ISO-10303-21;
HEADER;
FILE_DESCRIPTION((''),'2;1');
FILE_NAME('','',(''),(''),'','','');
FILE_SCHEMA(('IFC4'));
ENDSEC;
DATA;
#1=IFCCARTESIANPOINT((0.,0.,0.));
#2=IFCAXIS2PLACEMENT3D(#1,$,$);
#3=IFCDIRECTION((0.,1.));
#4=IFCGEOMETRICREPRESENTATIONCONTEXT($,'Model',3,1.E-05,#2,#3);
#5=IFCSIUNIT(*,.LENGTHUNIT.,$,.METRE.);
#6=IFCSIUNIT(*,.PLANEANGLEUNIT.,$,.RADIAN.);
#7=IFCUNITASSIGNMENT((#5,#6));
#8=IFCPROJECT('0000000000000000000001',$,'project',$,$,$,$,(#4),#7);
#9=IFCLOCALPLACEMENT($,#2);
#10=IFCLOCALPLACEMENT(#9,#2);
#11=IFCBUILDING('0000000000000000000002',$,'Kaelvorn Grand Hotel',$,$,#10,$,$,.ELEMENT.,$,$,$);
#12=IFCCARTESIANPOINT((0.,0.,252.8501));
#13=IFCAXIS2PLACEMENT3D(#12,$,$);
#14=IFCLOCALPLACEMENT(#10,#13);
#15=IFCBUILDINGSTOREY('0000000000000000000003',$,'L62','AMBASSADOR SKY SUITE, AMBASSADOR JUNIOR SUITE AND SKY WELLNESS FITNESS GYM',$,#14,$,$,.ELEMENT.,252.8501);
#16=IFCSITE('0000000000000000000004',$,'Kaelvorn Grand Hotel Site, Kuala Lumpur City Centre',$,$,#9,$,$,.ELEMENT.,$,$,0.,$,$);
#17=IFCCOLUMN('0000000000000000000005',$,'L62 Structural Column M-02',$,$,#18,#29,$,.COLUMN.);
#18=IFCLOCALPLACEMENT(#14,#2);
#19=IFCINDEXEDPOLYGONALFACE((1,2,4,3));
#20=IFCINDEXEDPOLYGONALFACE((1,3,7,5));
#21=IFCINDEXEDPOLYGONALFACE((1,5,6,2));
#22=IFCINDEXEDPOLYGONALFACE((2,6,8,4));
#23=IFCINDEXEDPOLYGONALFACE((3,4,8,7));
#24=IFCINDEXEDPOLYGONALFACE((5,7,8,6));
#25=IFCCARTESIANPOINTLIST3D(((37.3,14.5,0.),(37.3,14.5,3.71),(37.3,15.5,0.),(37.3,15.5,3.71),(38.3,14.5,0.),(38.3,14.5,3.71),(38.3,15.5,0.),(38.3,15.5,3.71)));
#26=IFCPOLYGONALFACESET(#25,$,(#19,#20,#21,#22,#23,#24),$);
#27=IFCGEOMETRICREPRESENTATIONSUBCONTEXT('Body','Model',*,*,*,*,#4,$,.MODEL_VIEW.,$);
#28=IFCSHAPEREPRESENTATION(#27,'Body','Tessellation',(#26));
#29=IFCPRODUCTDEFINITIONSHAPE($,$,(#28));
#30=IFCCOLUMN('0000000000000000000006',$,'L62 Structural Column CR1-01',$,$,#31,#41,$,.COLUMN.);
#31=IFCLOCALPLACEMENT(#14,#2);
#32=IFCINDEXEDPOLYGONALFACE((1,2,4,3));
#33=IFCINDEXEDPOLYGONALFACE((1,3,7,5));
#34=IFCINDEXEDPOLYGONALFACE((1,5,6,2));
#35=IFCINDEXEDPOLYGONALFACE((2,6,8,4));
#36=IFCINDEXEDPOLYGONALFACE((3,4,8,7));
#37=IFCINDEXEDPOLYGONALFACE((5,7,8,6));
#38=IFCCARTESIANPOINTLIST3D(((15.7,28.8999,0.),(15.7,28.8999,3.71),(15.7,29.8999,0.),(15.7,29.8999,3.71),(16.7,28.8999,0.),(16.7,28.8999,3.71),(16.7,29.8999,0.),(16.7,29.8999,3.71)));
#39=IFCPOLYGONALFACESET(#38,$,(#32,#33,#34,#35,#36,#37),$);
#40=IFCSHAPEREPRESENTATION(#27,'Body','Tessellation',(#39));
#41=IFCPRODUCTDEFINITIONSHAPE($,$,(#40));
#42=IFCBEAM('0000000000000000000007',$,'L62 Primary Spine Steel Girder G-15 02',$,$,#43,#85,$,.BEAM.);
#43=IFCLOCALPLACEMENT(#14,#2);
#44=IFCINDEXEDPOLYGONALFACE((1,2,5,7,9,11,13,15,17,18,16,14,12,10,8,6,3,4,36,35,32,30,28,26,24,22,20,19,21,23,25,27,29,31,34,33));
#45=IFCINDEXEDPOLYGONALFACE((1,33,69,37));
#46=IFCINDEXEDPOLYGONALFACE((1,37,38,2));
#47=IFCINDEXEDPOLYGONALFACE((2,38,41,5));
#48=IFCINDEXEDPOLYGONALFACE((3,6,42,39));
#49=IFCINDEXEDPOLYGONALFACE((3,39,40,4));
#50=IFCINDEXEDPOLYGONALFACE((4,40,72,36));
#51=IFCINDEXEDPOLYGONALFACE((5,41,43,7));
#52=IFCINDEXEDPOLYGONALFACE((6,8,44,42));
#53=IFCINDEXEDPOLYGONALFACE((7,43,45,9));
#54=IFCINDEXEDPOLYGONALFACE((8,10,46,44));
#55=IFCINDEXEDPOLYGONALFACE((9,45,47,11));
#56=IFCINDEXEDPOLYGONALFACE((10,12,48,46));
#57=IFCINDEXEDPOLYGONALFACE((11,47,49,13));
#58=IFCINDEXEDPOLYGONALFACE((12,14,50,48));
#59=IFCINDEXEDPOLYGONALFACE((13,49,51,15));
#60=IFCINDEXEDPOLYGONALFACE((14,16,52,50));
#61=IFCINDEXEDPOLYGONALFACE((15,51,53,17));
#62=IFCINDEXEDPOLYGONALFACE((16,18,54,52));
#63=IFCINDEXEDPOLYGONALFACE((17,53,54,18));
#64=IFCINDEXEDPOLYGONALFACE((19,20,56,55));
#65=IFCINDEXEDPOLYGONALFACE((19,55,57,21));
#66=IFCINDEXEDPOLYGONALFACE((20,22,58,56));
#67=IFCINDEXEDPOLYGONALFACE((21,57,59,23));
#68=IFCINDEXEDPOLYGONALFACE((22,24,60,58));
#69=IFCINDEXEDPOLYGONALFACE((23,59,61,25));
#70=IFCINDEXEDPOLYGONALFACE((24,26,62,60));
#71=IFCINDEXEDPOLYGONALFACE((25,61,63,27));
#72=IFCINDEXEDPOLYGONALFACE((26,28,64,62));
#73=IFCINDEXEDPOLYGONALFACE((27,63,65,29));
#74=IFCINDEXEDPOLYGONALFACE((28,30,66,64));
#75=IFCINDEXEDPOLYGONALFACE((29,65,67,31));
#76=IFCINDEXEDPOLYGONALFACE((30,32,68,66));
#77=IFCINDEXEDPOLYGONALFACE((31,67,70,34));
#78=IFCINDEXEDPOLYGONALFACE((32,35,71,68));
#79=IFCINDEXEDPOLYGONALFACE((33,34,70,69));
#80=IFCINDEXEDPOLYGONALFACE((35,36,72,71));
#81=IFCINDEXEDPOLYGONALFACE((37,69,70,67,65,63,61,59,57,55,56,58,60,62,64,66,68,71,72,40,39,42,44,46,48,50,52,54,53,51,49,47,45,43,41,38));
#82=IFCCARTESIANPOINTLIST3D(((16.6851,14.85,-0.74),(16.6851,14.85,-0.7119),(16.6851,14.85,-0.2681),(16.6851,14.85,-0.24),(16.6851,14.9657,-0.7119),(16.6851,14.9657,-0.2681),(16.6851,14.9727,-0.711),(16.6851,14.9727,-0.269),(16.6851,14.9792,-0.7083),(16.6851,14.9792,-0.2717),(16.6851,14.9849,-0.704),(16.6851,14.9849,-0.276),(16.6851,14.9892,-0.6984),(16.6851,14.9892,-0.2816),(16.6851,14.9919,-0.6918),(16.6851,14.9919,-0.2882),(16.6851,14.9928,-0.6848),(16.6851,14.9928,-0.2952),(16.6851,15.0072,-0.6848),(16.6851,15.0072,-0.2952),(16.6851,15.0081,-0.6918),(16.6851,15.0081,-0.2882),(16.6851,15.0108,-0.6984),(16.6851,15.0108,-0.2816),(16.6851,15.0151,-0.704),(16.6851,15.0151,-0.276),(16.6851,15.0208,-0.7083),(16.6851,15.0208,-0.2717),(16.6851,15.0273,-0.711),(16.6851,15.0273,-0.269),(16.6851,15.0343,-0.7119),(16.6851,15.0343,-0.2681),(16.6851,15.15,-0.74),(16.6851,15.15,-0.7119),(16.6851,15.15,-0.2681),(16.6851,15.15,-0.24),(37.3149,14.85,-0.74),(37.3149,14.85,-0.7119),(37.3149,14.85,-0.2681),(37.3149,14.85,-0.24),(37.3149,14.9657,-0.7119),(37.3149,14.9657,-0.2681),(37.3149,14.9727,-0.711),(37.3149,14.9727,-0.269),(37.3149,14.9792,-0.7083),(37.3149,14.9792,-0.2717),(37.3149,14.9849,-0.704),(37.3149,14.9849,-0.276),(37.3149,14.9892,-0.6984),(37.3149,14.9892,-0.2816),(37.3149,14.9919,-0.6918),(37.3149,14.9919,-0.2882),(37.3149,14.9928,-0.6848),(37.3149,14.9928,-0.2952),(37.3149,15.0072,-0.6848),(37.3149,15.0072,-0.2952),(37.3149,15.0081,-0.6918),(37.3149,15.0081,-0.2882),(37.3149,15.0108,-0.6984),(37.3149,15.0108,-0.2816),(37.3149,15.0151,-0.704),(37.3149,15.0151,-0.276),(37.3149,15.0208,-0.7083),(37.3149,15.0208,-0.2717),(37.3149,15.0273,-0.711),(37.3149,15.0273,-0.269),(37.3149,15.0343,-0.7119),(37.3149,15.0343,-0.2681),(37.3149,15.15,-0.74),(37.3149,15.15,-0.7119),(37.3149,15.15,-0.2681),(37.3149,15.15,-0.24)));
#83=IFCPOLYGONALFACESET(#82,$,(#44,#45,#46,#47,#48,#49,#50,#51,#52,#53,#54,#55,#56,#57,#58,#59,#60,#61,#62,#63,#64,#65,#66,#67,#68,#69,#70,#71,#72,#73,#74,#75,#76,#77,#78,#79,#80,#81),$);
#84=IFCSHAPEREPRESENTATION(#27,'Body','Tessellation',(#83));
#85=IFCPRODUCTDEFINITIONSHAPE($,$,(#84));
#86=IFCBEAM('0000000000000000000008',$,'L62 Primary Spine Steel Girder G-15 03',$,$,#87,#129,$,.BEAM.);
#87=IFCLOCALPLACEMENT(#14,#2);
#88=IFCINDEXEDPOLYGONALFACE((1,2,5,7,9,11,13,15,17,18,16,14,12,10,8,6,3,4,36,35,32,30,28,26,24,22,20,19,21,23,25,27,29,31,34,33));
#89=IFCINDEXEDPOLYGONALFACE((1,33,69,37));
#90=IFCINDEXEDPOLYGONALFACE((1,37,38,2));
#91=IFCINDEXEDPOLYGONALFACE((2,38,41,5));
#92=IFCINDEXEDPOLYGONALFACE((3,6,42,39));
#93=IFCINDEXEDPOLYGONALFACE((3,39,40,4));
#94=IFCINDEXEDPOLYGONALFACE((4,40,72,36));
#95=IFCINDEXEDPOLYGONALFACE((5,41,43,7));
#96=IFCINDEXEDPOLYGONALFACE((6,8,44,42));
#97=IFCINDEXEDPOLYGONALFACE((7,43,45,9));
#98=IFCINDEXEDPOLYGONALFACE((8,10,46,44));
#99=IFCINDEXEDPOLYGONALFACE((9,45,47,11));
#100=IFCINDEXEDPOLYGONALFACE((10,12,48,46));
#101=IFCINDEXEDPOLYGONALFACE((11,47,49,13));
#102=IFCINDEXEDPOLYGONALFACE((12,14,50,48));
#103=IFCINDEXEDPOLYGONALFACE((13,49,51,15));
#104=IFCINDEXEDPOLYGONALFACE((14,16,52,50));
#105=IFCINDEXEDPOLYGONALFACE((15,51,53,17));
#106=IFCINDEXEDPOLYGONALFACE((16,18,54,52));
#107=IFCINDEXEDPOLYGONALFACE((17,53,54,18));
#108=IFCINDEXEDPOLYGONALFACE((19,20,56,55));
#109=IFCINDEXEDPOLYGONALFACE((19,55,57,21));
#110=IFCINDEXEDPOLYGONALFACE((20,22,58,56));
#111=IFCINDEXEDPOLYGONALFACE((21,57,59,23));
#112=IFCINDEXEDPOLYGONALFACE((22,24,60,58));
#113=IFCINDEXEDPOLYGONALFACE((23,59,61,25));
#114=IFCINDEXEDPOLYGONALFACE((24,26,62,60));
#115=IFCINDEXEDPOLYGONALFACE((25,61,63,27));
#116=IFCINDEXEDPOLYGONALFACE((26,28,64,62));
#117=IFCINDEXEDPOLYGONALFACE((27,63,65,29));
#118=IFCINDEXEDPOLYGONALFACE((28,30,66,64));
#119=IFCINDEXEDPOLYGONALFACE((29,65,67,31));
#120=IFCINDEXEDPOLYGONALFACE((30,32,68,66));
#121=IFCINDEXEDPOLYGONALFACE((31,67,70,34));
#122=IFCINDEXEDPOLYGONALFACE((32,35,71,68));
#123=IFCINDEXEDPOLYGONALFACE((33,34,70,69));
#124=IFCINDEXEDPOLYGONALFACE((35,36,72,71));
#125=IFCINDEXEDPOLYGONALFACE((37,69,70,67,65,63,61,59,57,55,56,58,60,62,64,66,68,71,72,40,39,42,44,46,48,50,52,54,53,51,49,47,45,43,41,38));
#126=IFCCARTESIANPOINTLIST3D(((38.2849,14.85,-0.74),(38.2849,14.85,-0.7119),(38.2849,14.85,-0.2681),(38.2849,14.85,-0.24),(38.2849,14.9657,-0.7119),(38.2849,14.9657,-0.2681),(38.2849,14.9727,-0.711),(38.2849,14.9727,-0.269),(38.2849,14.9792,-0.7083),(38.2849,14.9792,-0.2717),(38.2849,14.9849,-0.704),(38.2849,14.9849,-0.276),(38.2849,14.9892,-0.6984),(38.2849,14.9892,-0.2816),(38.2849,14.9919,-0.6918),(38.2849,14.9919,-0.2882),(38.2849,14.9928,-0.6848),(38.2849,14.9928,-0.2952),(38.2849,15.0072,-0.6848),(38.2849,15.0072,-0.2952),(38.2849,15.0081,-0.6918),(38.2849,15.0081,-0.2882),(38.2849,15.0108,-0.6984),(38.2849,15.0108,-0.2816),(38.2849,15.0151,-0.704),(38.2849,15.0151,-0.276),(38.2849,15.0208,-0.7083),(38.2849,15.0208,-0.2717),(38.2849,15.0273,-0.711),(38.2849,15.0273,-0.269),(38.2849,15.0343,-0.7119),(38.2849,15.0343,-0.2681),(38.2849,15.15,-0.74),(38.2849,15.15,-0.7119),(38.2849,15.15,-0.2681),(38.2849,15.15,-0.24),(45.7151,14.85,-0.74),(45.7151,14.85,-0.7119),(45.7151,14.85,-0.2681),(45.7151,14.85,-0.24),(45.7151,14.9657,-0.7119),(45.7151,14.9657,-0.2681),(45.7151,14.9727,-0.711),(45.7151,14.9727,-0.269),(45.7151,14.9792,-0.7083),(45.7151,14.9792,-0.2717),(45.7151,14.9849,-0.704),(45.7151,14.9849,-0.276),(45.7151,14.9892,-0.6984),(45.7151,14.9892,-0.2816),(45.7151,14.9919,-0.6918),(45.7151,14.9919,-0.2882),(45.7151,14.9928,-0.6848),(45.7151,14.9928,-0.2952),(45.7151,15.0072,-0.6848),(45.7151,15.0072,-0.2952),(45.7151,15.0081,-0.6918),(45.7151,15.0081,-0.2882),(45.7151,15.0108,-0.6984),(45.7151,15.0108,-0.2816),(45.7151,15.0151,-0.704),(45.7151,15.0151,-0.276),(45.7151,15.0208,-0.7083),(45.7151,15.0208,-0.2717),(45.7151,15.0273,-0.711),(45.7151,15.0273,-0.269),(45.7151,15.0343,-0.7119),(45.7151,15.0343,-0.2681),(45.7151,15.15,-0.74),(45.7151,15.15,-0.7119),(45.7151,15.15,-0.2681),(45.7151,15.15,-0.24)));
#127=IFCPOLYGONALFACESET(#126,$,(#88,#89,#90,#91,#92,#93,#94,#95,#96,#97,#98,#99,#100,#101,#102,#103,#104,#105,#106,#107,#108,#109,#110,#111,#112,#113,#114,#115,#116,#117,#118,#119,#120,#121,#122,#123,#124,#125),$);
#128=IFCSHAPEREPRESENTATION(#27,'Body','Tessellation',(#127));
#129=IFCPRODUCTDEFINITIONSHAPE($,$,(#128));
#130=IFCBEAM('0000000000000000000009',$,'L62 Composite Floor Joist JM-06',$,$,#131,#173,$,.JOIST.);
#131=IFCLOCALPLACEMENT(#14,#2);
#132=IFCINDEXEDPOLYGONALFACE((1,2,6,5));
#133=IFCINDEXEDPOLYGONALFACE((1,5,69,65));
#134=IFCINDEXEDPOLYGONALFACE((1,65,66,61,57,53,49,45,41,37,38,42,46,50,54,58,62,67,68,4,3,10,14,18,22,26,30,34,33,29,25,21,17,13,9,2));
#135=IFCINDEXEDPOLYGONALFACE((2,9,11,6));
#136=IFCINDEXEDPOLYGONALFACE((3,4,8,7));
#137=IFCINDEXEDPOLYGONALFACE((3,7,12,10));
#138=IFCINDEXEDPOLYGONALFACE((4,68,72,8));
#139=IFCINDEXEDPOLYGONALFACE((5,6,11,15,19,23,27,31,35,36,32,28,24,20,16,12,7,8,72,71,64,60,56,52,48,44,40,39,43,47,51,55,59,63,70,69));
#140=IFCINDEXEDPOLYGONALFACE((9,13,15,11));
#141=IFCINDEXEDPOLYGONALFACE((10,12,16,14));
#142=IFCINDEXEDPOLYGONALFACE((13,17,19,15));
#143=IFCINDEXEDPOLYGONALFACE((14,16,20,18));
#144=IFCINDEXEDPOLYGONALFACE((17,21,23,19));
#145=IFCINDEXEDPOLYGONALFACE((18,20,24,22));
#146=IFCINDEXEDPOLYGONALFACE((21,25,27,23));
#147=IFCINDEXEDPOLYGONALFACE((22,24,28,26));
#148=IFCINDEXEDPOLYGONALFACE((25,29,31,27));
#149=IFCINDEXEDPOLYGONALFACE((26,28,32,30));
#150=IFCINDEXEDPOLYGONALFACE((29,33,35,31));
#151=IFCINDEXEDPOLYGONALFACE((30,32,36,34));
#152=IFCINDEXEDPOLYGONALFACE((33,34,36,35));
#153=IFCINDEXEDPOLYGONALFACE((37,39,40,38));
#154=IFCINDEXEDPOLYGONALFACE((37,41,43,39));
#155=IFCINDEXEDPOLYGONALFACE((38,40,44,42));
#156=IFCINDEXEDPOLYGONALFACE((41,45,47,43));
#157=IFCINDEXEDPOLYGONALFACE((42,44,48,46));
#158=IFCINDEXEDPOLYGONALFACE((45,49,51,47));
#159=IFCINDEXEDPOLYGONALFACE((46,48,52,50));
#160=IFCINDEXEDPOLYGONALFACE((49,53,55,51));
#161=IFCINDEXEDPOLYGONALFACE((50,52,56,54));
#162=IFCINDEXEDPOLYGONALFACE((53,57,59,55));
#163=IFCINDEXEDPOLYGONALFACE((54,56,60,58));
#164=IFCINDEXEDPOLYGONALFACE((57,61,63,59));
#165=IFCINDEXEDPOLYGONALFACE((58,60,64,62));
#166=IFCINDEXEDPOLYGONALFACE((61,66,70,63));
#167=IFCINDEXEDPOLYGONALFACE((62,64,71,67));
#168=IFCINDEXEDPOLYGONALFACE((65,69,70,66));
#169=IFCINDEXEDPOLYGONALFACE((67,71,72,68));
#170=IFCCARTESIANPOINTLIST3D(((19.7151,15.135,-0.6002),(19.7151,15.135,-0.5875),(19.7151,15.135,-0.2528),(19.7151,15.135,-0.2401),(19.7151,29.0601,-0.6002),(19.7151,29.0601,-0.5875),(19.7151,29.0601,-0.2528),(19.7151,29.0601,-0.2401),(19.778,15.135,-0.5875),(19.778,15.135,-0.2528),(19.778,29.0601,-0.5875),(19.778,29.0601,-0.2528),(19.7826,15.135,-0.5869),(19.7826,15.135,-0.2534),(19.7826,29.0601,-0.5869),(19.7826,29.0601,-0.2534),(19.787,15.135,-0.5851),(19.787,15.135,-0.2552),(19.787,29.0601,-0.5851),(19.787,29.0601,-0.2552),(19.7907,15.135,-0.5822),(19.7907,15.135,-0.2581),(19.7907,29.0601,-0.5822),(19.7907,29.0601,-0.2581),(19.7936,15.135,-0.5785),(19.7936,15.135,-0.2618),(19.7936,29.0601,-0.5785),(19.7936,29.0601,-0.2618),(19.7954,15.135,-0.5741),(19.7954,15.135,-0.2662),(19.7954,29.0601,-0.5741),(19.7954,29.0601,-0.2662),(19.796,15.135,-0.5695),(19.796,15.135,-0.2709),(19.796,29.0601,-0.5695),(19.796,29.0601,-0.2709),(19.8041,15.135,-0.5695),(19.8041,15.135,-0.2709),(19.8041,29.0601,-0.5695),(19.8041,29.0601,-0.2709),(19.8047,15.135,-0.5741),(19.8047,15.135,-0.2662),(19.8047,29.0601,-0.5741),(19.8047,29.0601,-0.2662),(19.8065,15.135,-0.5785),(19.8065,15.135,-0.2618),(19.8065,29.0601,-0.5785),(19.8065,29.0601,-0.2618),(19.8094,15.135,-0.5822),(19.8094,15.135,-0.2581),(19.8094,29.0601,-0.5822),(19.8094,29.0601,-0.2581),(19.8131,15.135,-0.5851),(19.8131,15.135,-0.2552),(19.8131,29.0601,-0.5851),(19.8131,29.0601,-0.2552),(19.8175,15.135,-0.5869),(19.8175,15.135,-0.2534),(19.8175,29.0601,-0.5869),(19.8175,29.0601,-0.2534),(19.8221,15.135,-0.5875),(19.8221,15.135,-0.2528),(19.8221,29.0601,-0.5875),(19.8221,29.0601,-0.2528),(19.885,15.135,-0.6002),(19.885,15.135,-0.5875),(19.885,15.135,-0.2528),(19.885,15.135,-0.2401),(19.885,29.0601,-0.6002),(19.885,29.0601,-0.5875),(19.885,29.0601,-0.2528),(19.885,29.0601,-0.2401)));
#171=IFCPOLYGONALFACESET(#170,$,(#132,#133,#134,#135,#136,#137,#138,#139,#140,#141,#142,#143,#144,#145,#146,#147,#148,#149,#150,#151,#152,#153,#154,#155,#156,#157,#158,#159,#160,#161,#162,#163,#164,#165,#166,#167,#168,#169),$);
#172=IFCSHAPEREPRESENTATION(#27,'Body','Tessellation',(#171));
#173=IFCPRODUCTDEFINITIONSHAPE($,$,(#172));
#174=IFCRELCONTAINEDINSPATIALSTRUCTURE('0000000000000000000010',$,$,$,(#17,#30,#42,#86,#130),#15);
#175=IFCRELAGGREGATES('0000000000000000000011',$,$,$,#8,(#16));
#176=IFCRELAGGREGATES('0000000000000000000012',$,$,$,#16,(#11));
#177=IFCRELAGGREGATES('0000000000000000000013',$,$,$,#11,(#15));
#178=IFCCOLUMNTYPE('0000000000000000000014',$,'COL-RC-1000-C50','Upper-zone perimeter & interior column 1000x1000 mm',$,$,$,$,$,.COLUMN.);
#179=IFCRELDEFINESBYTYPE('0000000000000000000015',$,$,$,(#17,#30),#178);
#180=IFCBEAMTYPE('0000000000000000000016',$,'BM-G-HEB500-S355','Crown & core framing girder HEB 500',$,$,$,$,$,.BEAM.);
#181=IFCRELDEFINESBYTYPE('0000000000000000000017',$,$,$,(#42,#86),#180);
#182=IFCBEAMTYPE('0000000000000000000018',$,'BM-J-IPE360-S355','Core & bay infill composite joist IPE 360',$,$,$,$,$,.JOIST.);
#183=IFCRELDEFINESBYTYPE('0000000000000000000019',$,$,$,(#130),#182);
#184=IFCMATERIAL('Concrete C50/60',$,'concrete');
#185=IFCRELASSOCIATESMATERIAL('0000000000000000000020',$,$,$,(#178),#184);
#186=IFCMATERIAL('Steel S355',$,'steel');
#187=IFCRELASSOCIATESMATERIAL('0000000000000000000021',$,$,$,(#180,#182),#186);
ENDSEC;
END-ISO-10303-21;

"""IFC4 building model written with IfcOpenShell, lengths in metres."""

from ifc_helpers import new_model, si_unit, direction, frame, origin, origin_2d, place, context, subcontext, project, spatial, rectangle, i_section, extrude, material, material_profile, profile_set, type_object, element, save


model = new_model("IFC4")

# Units and contexts
model_context = context("Model", 3, precision=1e-05, world=origin(), true_north=direction((0.0, 1.0)))
body_context = subcontext(model_context, "Body", "Model", "MODEL_VIEW")
ifc_project = project(units=[si_unit("LENGTHUNIT", "METRE"), si_unit("PLANEANGLEUNIT", "RADIAN")], contexts=[model_context])

# Site, building, storey
site_placement = place(None, origin())
site = spatial("IfcSite", under=ifc_project, at=site_placement, Name="Kaelvorn Grand Hotel Site, Kuala Lumpur City Centre", CompositionType="ELEMENT", RefElevation=0.0)
building_placement = place(site_placement, origin())
building = spatial("IfcBuilding", under=site, at=building_placement, Name="Kaelvorn Grand Hotel", CompositionType="ELEMENT")
storey_placement = place(building_placement, frame((0.0, 0.0, 252.8501)))
storey = spatial("IfcBuildingStorey", under=building, at=storey_placement, Name="L62", Description="AMBASSADOR SKY SUITE, AMBASSADOR JUNIOR SUITE AND SKY WELLNESS FITNESS GYM", CompositionType="ELEMENT", Elevation=252.8501)

# Columns
ifc_material_1 = material(Name="Concrete C50/60", Category="concrete")
ifc_material_profile_1 = material_profile(ifc_material_1, rectangle(XDim=1.0, YDim=1.0, at=origin_2d()), Name="RC COL 1000x1000")
ifc_profile_set_1 = profile_set([ifc_material_profile_1], Name="Concrete C50/60")
column_type = type_object("IfcColumnType", Name="COL-RC-1000-C50", Description="Upper-zone perimeter & interior column 1000x1000 mm", PredefinedType="COLUMN", material=ifc_profile_set_1)
for number, where, z_axis, x_axis, name in (
    (1, (37.8, 15.0, 0.0), (0.0, 0.0, 1.0), (1.0, 0.0, 0.0), "L62 Structural Column M-02"),
    (2, (16.2, 29.3999, 0.0), (0.0, 0.0, 1.0), (1.0, 0.0, 0.0), "L62 Structural Column CR1-01"),
):
    element("IfcColumn", number, at=place(storey_placement, frame(where, z_axis=z_axis, x_axis=x_axis)), inside=storey, type_object=column_type, Name=name, PredefinedType="COLUMN", context=body_context, shape_type="SweptSolid", body=[
        extrude(rectangle(XDim=1.0, YDim=1.0, at=origin_2d()), origin(), (0.0, 0.0, 1.0), 3.71),
    ])

# Beams
ifc_material_2 = material(Name="Steel S355", Category="steel")
ifc_material_profile_2 = material_profile(ifc_material_2, i_section(OverallWidth=0.3, OverallDepth=0.5, WebThickness=0.0144, FlangeThickness=0.0281, FilletRadius=0.0271, at=origin_2d()), Name="HEB 500")
ifc_profile_set_2 = profile_set([ifc_material_profile_2], Name="Steel S355")
beam_type_1 = type_object("IfcBeamType", Name="BM-G-HEB500-S355", Description="Crown & core framing girder HEB 500", PredefinedType="BEAM", material=ifc_profile_set_2)
beam_1_placement = place(storey_placement, frame((16.6851, 15.0, -0.49), z_axis=(1.0, 0.0, 0.0), x_axis=(0.0, 1.0, 0.0)))
element("IfcBeam", 3, at=beam_1_placement, inside=storey, type_object=beam_type_1, Name="L62 Primary Spine Steel Girder G-15 02", PredefinedType="BEAM", context=body_context, shape_type="SweptSolid", body=[
    extrude(i_section(OverallWidth=0.3, OverallDepth=0.5, WebThickness=0.0144, FlangeThickness=0.0281, FilletRadius=0.0271, at=origin_2d()), origin(), (0.0, 0.0, 1.0), 20.6299),
])
beam_2_placement = place(storey_placement, frame((38.2849, 15.0, -0.49), z_axis=(1.0, 0.0, 0.0), x_axis=(0.0, 1.0, 0.0)))
element("IfcBeam", 4, at=beam_2_placement, inside=storey, type_object=beam_type_1, Name="L62 Primary Spine Steel Girder G-15 03", PredefinedType="BEAM", context=body_context, shape_type="SweptSolid", body=[
    extrude(i_section(OverallWidth=0.3, OverallDepth=0.5, WebThickness=0.0144, FlangeThickness=0.0281, FilletRadius=0.0271, at=origin_2d()), origin(), (0.0, 0.0, 1.0), 7.4302),
])
ifc_material_profile_3 = material_profile(ifc_material_2, i_section(OverallWidth=0.1699, OverallDepth=0.3601, WebThickness=0.0081, FlangeThickness=0.0127, FilletRadius=0.0181, at=origin_2d()), Name="IPE 360")
ifc_profile_set_3 = profile_set([ifc_material_profile_3], Name="Steel S355")
beam_type_2 = type_object("IfcBeamType", Name="BM-J-IPE360-S355", Description="Core & bay infill composite joist IPE 360", PredefinedType="JOIST", material=ifc_profile_set_3)
beam_3_placement = place(storey_placement, frame((19.8, 15.135, -0.4202), z_axis=(0.0, 1.0, 0.0), x_axis=(-1.0, 0.0, 0.0)))
element("IfcBeam", 5, at=beam_3_placement, inside=storey, type_object=beam_type_2, Name="L62 Composite Floor Joist JM-06", PredefinedType="JOIST", context=body_context, shape_type="SweptSolid", body=[
    extrude(i_section(OverallWidth=0.1699, OverallDepth=0.3601, WebThickness=0.0081, FlangeThickness=0.0127, FilletRadius=0.0181, at=origin_2d()), origin(), (0.0, 0.0, 1.0), 13.925),
])

save(model, "model.ifc")
